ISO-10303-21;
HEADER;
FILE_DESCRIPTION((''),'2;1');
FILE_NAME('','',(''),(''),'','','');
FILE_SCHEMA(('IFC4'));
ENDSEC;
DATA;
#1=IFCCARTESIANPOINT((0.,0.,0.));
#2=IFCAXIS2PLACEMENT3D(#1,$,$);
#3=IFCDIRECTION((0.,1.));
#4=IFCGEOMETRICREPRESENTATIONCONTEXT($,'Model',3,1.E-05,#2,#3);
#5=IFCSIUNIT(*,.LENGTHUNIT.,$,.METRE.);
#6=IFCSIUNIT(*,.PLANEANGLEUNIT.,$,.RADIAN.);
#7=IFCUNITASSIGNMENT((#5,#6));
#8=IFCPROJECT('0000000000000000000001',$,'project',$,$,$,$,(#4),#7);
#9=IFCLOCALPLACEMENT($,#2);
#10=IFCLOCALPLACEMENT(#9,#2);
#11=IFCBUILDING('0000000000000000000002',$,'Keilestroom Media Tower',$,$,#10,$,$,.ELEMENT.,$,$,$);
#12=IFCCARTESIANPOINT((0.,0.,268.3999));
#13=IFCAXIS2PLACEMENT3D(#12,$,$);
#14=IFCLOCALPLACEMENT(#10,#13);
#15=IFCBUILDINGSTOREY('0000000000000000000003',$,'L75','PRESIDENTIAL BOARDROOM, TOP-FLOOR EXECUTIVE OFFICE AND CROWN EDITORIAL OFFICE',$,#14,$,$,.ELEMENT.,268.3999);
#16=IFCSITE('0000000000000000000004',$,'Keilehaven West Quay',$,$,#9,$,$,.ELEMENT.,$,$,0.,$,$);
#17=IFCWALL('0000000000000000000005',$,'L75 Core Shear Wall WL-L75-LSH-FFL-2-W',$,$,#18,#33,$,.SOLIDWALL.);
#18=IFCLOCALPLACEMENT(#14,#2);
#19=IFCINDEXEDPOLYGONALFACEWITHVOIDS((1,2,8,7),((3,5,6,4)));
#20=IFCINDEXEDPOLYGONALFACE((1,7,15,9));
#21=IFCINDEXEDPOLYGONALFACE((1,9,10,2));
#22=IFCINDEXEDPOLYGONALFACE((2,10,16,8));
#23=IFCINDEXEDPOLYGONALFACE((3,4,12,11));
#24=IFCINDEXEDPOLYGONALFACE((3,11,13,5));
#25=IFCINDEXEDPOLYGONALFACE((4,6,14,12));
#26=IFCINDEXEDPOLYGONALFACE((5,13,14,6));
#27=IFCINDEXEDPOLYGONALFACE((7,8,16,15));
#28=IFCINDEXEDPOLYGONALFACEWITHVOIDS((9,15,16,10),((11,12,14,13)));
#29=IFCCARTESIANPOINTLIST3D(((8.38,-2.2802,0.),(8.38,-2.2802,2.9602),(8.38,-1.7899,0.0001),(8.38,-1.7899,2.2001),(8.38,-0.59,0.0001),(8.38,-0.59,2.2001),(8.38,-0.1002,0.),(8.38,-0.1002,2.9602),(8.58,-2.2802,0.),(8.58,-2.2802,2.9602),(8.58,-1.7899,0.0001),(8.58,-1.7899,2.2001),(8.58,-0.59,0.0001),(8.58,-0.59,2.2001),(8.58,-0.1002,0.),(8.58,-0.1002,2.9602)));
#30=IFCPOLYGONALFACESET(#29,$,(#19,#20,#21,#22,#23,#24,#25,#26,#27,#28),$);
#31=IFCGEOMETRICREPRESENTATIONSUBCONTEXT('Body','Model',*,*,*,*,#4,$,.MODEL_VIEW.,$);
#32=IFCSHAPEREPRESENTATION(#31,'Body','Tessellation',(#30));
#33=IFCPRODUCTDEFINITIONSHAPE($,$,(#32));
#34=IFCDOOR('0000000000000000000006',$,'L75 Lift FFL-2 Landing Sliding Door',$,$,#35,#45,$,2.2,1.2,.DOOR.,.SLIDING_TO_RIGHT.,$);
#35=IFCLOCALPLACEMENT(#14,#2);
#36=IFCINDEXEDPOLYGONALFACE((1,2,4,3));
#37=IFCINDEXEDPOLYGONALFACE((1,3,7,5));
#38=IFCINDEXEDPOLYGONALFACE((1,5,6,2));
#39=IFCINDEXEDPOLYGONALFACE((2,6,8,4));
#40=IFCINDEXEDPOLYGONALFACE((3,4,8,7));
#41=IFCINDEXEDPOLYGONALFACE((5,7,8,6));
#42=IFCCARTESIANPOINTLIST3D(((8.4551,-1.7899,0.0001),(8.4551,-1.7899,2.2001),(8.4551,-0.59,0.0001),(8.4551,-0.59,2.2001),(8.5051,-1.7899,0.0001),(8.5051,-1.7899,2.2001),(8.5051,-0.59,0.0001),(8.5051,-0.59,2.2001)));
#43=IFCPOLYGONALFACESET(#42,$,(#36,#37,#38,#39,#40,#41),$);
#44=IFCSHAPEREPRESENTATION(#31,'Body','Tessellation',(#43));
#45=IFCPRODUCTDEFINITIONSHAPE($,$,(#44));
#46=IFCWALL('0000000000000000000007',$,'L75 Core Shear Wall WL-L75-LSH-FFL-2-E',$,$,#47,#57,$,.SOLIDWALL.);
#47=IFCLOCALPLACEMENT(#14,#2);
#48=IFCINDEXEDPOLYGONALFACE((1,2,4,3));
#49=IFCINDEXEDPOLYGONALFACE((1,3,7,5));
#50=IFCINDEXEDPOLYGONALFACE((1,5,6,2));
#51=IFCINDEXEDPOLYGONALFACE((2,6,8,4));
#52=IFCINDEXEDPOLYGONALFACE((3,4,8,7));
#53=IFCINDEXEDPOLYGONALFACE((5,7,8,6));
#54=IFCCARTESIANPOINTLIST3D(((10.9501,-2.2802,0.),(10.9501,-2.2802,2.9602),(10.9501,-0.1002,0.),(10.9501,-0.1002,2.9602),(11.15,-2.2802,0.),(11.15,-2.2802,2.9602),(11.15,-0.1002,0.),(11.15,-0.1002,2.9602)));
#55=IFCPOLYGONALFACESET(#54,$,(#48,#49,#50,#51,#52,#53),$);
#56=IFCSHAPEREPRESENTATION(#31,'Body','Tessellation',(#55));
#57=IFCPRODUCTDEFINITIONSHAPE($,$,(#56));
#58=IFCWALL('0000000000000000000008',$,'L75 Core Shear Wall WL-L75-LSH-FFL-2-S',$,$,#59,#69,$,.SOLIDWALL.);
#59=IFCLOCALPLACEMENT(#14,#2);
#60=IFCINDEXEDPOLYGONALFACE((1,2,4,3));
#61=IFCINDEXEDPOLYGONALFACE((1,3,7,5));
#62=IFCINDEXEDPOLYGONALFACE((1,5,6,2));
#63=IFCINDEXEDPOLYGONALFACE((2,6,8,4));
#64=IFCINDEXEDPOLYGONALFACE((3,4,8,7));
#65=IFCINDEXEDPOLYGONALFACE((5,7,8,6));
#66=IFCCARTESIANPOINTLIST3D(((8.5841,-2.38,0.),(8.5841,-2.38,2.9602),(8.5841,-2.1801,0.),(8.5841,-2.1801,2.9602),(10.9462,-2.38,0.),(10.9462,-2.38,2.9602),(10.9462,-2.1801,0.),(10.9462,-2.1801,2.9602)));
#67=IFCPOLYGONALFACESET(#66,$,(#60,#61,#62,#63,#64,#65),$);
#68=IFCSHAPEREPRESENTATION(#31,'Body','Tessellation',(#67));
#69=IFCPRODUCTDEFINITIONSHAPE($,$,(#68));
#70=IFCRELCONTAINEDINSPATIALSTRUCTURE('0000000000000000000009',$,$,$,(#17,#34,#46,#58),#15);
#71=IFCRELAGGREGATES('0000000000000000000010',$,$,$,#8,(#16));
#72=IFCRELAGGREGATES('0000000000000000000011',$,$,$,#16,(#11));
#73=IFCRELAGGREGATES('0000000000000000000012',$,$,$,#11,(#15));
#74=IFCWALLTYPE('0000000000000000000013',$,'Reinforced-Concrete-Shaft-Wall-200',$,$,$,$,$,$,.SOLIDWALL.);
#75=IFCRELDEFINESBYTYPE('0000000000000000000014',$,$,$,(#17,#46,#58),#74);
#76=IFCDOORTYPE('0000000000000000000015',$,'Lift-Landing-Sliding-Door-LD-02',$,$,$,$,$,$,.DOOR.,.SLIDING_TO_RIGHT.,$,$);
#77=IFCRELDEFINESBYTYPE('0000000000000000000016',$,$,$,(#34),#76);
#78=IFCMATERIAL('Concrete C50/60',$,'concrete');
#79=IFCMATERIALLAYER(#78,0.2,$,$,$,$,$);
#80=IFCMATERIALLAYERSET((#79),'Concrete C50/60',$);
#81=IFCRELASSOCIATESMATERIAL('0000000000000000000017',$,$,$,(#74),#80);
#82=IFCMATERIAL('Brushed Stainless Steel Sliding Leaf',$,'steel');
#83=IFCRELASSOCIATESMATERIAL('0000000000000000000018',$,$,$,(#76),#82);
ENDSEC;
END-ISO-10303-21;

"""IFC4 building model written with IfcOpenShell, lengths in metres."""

from ifc_helpers import new_model, si_unit, direction, frame, frame_2d, origin, place, context, subcontext, project, spatial, rectangle, extrude, source, transform, mapped, material, layer, layer_set, type_object, element, fill, save


model = new_model("IFC4")

# Units and contexts
model_context = context("Model", 3, precision=1e-05, world=origin(), true_north=direction((0.0, 1.0)))
body_context = subcontext(model_context, "Body", "Model", "MODEL_VIEW")
ifc_project = project(units=[si_unit("LENGTHUNIT", "METRE"), si_unit("PLANEANGLEUNIT", "RADIAN")], contexts=[model_context])

# Site, building, storey
site_placement = place(None, origin())
site = spatial("IfcSite", under=ifc_project, at=site_placement, Name="Keilehaven West Quay", CompositionType="ELEMENT", RefElevation=0.0)
building_placement = place(site_placement, origin())
building = spatial("IfcBuilding", under=site, at=building_placement, Name="Keilestroom Media Tower", CompositionType="ELEMENT")
storey_placement = place(building_placement, frame((0.0, 0.0, 268.3999)))
storey = spatial("IfcBuildingStorey", under=building, at=storey_placement, Name="L75", Description="PRESIDENTIAL BOARDROOM, TOP-FLOOR EXECUTIVE OFFICE AND CROWN EDITORIAL OFFICE", CompositionType="ELEMENT", Elevation=268.3999)

# Shared definitions
ifc_material_1 = material(Name="Concrete C50/60", Category="concrete")

# Shared definitions
shared_shape_1 = source(origin(), body_context, "Body", "SweptSolid", [
    extrude(rectangle(XDim=1.2, YDim=2.2, at=frame_2d((0.6001, 1.1001))), frame((0.0, 0.0249, 0.0), z_axis=(0.0, -1.0, 0.0), x_axis=(1.0, 0.0, 0.0)), (0.0, 0.0, 1.0), 0.05),
])

# Shared definitions
ifc_layer_1 = layer(ifc_material_1, 0.2)
ifc_layer_set_1 = layer_set([ifc_layer_1], Name="Concrete C50/60")
wall_type_1 = type_object("IfcWallType", Name="Reinforced-Concrete-Shaft-Wall-200", PredefinedType="SOLIDWALL", material=ifc_layer_set_1)

# Wall, opening, door
wall_1_placement = place(storey_placement, frame((8.48, -2.28, 0.0), z_axis=(0.0, 0.0, 1.0), x_axis=(0.0, 1.0, 0.0)))
wall_1 = element("IfcWall", 1, at=wall_1_placement, inside=storey, type_object=wall_type_1, Name="L75 Core Shear Wall WL-L75-LSH-FFL-2-W", PredefinedType="SOLIDWALL", context=body_context, shape_type="SweptSolid", body=[
    extrude(rectangle(XDim=2.1799, YDim=0.2, at=frame_2d((1.0898, 0.0))), origin(), (0.0, 0.0, 1.0), 2.9602),
])
opening_1_placement = place(wall_1_placement, frame((0.49, 0.0, 0.0)))
opening_1 = element("IfcOpeningElement", 2, at=opening_1_placement, cuts=wall_1, PredefinedType="OPENING", context=body_context, shape_type="SweptSolid", body=[
    extrude(rectangle(XDim=1.2, YDim=2.2, at=frame_2d((0.6001, 1.1001))), frame((0.0, 0.1099, 0.0), z_axis=(0.0, -1.0, 0.0), x_axis=(1.0, 0.0, 0.0)), (0.0, 0.0, 1.0), 0.22),
])
ifc_material_2 = material(Name="Brushed Stainless Steel Sliding Leaf", Category="steel")
door_type_1 = type_object("IfcDoorType", Name="Lift-Landing-Sliding-Door-LD-02", OperationType="SLIDING_TO_RIGHT", PredefinedType="DOOR", material=ifc_material_2)
door_1_placement = place(opening_1_placement, origin())
door_1 = element("IfcDoor", 3, at=door_1_placement, inside=storey, type_object=door_type_1, Name="L75 Lift FFL-2 Landing Sliding Door", OperationType="SLIDING_TO_RIGHT", OverallHeight=2.2, OverallWidth=1.2, PredefinedType="DOOR", context=body_context, shape_type="MappedRepresentation", body=[
    mapped(shared_shape_1, transform((0.0, 0.0, 0.0), x_axis=(1.0, 0.0, 0.0), y_axis=(0.0, 1.0, 0.0), z_axis=(0.0, 0.0, 1.0), scale=1.0)),
])
fill(opening_1, door_1)

# Walls
wall_2_placement = place(storey_placement, frame((11.05, -2.28, 0.0), z_axis=(0.0, 0.0, 1.0), x_axis=(0.0, 1.0, 0.0)))
element("IfcWall", 4, at=wall_2_placement, inside=storey, type_object=wall_type_1, Name="L75 Core Shear Wall WL-L75-LSH-FFL-2-E", PredefinedType="SOLIDWALL", context=body_context, shape_type="SweptSolid", body=[
    extrude(rectangle(XDim=2.1799, YDim=0.2, at=frame_2d((1.0898, 0.0))), origin(), (0.0, 0.0, 1.0), 2.9602),
])
wall_3_placement = place(storey_placement, frame((8.584, -2.28, 0.0), z_axis=(0.0, 0.0, 1.0), x_axis=(1.0, 0.0, 0.0)))
element("IfcWall", 5, at=wall_3_placement, inside=storey, type_object=wall_type_1, Name="L75 Core Shear Wall WL-L75-LSH-FFL-2-S", PredefinedType="SOLIDWALL", context=body_context, shape_type="SweptSolid", body=[
    extrude(rectangle(XDim=2.3621, YDim=0.2, at=frame_2d((1.1812, 0.0))), origin(), (0.0, 0.0, 1.0), 2.9602),
])

save(model, "model.ifc")
